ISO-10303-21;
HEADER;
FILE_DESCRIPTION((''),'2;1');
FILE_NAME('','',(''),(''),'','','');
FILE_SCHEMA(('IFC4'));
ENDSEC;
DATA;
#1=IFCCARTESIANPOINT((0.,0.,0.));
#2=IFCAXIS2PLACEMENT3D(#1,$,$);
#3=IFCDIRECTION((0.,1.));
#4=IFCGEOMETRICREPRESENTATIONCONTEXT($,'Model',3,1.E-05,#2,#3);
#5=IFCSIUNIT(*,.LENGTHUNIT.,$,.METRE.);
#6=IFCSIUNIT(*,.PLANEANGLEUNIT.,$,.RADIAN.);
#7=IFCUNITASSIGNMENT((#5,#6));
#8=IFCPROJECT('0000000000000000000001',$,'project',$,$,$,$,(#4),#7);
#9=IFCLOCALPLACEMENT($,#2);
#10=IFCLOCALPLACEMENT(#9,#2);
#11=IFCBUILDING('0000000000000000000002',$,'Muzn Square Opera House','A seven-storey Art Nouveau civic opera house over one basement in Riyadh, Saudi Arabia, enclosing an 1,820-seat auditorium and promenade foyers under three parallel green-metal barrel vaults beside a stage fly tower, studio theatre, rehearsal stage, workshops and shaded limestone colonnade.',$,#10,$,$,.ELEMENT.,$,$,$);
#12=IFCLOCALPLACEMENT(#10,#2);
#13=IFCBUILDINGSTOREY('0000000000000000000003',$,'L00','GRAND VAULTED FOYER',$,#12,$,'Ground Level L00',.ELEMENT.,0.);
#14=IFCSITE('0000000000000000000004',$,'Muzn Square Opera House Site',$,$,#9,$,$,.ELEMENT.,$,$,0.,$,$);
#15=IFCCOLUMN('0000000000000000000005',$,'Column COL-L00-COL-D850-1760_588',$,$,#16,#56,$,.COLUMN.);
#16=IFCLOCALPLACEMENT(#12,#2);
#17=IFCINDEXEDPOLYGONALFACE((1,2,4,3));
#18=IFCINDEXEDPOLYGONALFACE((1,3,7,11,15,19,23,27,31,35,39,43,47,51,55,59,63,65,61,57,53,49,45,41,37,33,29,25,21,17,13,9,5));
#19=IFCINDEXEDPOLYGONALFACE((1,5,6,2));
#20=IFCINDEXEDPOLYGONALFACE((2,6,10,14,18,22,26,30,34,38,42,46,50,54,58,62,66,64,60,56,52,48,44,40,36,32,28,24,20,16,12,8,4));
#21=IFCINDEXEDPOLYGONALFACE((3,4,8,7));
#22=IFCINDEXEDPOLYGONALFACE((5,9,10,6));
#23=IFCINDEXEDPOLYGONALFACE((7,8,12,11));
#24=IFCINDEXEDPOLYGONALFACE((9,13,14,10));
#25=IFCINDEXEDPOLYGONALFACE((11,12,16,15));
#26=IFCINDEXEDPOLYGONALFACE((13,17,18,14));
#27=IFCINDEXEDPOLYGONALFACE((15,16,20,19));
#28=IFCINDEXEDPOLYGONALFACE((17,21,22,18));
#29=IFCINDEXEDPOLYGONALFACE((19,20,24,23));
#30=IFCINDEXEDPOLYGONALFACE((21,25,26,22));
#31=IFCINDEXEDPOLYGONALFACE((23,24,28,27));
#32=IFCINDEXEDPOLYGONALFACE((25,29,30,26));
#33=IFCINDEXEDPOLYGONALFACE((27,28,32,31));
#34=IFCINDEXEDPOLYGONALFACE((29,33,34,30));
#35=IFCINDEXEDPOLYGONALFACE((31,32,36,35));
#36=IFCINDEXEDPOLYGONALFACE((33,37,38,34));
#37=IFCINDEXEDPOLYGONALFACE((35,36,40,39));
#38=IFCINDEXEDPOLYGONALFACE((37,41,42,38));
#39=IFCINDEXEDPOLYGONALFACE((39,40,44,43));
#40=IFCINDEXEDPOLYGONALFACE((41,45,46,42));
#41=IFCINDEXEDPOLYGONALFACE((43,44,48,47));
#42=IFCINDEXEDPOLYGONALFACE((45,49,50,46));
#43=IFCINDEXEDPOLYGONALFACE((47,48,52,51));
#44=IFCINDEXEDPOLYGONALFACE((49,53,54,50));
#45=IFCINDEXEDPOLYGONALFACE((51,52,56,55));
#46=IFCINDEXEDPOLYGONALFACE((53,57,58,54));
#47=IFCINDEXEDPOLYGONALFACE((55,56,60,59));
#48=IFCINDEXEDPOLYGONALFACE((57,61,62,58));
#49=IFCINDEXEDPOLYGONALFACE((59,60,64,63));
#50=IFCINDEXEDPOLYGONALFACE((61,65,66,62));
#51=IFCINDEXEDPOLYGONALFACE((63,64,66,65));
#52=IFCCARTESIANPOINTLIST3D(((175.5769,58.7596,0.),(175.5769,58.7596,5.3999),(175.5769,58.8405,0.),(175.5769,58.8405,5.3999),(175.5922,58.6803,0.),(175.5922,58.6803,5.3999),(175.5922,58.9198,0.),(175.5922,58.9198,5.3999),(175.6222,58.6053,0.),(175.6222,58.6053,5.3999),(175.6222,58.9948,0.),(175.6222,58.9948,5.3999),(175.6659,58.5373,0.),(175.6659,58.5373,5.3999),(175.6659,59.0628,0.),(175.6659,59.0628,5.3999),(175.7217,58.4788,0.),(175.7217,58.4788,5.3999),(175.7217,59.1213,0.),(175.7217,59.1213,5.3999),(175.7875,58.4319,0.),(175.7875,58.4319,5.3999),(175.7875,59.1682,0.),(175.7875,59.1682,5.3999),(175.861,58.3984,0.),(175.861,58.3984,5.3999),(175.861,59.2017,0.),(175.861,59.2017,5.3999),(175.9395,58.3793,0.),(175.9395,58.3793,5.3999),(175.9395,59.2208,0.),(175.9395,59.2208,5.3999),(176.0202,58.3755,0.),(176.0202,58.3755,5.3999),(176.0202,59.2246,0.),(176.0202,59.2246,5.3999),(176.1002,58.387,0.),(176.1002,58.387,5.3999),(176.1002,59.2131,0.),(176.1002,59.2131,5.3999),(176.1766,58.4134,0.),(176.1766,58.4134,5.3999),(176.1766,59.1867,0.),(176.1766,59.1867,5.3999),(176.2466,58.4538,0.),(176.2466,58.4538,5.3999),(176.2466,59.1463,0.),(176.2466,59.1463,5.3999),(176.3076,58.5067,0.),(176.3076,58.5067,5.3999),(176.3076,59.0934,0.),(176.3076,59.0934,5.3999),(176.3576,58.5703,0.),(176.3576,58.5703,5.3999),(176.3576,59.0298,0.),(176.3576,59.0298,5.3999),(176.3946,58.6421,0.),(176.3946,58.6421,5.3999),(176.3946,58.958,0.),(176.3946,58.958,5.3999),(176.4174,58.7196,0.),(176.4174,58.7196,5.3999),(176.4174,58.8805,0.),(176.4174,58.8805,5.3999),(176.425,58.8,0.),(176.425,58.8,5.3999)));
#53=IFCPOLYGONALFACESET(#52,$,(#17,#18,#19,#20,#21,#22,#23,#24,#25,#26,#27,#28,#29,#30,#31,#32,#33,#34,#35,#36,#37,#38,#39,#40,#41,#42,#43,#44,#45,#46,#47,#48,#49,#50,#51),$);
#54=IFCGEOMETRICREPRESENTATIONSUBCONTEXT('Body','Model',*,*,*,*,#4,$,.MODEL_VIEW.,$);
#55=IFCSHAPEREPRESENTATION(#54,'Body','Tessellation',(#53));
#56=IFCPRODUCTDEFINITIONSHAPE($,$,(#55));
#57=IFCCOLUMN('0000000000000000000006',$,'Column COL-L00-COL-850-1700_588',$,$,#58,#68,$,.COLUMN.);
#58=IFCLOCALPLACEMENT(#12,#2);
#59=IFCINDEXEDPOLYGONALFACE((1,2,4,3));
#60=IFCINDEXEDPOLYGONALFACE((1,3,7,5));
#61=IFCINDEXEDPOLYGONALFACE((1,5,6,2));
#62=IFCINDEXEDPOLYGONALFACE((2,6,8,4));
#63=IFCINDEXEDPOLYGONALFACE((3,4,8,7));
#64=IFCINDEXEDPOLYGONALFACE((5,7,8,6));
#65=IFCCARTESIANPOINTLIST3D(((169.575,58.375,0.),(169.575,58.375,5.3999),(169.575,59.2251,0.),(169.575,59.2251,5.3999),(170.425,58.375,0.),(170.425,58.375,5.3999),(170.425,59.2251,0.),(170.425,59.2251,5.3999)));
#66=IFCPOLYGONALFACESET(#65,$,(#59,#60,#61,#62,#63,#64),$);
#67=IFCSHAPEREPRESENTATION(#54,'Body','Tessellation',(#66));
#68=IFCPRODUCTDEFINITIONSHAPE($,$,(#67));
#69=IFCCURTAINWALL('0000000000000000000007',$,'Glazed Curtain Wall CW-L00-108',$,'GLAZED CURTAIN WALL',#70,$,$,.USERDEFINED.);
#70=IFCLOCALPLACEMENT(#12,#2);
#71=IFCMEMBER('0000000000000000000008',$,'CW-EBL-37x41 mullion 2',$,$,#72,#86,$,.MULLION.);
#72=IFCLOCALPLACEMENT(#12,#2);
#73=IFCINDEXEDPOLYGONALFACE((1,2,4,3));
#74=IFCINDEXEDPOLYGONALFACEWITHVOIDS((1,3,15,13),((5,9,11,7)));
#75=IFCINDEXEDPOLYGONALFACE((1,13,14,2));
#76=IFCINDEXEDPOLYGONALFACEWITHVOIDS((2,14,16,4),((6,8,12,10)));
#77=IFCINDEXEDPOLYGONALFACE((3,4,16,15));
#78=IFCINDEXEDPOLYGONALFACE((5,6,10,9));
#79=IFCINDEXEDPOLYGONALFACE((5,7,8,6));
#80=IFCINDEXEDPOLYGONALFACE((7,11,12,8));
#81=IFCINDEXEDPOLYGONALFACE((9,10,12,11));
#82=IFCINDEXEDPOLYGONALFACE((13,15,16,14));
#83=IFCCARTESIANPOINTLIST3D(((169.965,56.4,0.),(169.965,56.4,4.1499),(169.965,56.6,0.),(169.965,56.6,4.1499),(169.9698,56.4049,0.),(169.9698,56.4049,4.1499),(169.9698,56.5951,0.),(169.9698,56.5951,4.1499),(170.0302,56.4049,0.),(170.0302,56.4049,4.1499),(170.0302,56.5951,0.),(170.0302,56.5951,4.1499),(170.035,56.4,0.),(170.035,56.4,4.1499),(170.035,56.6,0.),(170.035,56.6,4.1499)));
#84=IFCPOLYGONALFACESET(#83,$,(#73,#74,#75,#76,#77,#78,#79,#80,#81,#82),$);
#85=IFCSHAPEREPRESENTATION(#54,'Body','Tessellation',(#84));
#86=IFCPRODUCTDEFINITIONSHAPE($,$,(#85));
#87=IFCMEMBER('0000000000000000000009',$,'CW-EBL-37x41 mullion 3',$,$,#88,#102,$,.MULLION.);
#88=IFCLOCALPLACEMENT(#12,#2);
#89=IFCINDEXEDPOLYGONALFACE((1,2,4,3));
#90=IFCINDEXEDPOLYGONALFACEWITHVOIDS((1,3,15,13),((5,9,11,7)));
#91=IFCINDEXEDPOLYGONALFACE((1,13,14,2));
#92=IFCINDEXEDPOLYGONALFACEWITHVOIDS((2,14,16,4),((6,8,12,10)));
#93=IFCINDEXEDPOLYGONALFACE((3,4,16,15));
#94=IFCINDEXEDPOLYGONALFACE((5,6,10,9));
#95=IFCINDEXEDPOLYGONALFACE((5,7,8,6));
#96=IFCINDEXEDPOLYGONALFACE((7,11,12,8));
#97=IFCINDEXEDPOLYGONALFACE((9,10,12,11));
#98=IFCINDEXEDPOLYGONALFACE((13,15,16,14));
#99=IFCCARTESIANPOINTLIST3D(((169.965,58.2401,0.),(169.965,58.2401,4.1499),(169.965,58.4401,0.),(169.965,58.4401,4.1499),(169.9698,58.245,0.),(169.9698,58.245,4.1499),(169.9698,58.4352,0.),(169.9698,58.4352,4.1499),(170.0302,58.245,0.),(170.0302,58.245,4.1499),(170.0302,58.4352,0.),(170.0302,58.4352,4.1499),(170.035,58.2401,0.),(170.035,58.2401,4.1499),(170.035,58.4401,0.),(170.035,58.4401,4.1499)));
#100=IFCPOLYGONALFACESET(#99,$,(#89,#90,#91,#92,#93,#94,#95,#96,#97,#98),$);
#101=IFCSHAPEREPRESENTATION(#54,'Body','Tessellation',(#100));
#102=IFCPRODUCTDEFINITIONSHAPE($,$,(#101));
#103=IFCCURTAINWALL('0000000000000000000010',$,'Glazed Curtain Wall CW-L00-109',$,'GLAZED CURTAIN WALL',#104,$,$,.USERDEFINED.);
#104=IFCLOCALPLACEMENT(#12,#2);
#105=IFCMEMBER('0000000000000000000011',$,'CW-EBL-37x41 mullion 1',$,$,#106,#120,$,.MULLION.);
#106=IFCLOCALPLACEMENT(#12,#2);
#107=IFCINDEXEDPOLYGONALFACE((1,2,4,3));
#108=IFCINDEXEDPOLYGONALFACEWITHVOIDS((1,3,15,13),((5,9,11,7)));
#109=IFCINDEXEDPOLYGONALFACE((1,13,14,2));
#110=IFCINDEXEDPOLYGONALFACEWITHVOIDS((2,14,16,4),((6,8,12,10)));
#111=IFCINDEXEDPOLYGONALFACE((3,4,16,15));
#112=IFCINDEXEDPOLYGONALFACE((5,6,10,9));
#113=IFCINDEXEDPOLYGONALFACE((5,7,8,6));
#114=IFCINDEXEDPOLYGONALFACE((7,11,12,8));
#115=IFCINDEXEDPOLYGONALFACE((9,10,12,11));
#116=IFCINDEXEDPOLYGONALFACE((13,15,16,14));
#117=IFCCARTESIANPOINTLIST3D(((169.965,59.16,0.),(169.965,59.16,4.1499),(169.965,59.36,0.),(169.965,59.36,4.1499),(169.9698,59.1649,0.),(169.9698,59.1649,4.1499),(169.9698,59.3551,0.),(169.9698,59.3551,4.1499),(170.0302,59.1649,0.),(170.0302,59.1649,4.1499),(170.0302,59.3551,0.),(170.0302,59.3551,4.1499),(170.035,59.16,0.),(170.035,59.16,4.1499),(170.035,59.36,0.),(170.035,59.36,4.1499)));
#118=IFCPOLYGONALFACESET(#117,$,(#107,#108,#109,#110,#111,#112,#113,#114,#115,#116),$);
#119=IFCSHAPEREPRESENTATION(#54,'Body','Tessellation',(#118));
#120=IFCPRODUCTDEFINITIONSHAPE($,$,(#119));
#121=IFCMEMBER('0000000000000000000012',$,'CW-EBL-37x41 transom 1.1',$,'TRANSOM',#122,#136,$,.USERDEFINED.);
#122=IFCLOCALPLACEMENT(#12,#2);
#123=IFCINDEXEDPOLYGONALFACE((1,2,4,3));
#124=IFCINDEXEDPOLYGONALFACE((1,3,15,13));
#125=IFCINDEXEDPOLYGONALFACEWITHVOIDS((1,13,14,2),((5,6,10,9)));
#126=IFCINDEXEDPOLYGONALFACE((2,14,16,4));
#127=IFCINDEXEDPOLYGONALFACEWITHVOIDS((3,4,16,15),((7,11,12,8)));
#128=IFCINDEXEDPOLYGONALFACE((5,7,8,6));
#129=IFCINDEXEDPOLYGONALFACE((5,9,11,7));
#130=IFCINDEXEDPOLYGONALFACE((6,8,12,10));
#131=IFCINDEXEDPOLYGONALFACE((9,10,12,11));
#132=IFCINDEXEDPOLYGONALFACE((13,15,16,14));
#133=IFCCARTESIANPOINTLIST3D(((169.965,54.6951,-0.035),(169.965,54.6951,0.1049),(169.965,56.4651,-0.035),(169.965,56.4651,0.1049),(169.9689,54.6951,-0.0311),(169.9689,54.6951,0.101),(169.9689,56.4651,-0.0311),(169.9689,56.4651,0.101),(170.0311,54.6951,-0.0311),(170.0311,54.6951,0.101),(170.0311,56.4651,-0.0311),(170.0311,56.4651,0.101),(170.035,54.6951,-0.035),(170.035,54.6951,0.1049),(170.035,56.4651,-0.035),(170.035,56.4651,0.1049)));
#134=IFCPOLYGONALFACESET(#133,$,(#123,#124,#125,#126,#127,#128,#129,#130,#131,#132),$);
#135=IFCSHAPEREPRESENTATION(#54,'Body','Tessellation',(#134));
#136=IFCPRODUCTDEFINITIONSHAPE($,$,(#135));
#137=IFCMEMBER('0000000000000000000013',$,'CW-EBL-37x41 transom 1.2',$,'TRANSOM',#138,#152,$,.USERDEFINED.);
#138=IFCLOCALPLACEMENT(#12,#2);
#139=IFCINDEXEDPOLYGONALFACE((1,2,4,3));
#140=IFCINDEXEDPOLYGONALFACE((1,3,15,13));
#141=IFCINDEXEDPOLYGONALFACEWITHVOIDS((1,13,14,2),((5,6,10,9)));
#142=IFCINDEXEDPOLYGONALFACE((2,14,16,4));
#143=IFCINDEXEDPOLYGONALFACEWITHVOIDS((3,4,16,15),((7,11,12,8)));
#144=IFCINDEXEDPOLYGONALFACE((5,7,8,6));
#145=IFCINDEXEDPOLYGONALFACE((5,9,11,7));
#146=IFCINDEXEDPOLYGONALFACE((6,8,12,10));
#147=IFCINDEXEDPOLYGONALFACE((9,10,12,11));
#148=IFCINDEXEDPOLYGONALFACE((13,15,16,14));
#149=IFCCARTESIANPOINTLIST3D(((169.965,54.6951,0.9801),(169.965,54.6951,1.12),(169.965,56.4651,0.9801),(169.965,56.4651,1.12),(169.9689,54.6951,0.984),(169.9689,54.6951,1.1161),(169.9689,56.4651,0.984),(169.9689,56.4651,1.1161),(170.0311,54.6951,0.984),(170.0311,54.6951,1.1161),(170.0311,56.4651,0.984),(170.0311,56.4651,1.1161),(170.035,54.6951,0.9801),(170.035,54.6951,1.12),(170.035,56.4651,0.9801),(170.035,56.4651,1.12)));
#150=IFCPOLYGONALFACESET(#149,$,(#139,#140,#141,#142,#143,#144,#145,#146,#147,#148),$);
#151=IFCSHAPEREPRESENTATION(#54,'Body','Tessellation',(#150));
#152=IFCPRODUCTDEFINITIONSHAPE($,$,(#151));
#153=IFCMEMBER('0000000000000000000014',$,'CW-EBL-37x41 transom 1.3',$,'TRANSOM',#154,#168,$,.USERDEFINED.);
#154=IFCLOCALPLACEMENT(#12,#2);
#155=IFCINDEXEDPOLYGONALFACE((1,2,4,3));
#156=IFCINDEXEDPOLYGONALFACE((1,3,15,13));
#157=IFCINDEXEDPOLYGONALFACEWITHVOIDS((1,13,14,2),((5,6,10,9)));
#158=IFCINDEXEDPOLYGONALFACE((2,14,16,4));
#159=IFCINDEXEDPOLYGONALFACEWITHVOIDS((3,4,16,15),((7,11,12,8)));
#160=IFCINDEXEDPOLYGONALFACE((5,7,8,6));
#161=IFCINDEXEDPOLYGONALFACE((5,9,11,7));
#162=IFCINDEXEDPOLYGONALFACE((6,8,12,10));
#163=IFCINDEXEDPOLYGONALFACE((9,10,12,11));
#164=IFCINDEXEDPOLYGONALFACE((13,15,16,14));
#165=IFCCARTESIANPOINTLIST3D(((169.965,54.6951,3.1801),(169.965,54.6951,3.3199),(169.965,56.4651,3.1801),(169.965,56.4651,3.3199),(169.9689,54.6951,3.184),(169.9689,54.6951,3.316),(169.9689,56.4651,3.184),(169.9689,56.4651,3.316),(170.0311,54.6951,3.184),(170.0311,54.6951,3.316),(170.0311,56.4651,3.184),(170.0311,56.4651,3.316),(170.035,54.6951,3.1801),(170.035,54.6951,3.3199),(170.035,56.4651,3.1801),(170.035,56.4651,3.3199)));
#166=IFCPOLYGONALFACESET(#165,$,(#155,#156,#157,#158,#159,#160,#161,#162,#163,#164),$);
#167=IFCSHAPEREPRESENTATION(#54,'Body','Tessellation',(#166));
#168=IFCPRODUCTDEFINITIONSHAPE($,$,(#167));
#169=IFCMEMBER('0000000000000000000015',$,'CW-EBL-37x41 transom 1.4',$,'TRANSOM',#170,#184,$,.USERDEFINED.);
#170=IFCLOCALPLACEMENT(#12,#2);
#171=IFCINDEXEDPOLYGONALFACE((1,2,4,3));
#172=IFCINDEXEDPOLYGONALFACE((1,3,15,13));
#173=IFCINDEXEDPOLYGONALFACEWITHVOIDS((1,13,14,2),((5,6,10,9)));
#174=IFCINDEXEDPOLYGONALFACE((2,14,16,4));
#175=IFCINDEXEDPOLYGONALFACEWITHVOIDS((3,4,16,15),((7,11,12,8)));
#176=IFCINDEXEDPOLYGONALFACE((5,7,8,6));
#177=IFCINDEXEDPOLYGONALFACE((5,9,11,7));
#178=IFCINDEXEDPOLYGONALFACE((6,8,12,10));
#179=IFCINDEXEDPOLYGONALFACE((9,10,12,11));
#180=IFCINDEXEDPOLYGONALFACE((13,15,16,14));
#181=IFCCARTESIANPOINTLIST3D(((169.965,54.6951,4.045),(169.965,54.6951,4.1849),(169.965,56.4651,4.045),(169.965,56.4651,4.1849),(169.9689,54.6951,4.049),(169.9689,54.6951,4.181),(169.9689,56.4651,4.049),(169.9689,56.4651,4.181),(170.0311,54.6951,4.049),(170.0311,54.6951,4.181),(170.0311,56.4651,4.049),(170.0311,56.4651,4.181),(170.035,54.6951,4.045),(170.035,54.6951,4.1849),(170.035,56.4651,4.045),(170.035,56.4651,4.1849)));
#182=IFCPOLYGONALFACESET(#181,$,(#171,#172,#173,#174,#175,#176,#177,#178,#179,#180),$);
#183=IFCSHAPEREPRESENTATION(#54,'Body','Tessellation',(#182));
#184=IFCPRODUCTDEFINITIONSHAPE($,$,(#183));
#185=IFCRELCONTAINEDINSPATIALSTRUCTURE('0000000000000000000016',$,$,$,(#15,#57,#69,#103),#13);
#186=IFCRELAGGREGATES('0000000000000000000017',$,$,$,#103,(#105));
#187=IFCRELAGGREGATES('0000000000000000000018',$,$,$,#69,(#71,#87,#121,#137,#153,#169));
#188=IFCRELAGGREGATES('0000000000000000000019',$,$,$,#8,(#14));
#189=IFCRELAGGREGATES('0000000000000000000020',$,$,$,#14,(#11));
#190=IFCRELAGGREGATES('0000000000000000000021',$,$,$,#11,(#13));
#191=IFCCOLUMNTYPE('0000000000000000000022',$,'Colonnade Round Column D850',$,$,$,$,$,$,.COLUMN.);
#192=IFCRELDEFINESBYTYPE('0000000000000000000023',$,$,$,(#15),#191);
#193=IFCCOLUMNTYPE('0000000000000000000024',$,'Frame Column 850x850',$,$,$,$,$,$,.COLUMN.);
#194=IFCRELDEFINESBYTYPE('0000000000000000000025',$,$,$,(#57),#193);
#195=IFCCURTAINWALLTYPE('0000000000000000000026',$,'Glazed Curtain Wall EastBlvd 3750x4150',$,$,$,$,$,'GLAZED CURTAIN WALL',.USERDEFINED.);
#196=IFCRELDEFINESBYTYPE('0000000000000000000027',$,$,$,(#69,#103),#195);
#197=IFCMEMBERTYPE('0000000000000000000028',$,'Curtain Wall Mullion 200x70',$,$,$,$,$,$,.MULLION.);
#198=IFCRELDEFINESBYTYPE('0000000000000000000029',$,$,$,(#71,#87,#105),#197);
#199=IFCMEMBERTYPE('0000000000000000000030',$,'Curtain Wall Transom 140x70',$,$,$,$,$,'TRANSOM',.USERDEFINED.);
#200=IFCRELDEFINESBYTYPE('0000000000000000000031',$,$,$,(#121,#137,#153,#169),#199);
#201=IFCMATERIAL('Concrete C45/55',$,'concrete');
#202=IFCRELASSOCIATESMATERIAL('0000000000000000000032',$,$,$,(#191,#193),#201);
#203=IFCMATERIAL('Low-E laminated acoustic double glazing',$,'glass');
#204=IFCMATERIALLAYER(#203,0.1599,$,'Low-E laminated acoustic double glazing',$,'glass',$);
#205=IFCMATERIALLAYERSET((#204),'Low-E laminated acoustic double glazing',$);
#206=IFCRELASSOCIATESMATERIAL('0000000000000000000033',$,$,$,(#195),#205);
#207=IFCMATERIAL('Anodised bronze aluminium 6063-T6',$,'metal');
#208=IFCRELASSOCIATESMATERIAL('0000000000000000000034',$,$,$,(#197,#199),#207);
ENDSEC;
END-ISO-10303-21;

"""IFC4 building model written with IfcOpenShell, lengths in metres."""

from ifc_helpers import new_model, si_unit, direction, frame, origin, origin_2d, place, context, subcontext, project, spatial, rectangle, hollow_rectangle, circle, extrude, material, layer, layer_set, material_profile, profile_set, type_object, element, aggregate, save


model = new_model("IFC4")

# Units and contexts
model_context = context("Model", 3, precision=1e-05, world=origin(), true_north=direction((0.0, 1.0)))
body_context = subcontext(model_context, "Body", "Model", "MODEL_VIEW")
ifc_project = project(units=[si_unit("LENGTHUNIT", "METRE"), si_unit("PLANEANGLEUNIT", "RADIAN")], contexts=[model_context])

# Site, building, storey
site_placement = place(None, origin())
site = spatial("IfcSite", under=ifc_project, at=site_placement, Name="Muzn Square Opera House Site", CompositionType="ELEMENT", RefElevation=0.0)
building_placement = place(site_placement, origin())
building = spatial("IfcBuilding", under=site, at=building_placement, Name="Muzn Square Opera House", Description="A seven-storey Art Nouveau civic opera house over one basement in Riyadh, Saudi Arabia, enclosing an 1,820-seat auditorium and promenade foyers under three parallel green-metal barrel vaults beside a stage fly tower, studio theatre, rehearsal stage, workshops and shaded limestone colonnade.", CompositionType="ELEMENT")
storey_placement = place(building_placement, origin())
storey = spatial("IfcBuildingStorey", under=building, at=storey_placement, Name="L00", Description="GRAND VAULTED FOYER", LongName="Ground Level L00", CompositionType="ELEMENT", Elevation=0.0)

# Columns
ifc_material_1 = material(Name="Concrete C45/55", Category="concrete")
ifc_material_profile_1 = material_profile(ifc_material_1, circle(Radius=0.425, at=origin_2d()), Name="RCC D850", Category="concrete")
ifc_profile_set_1 = profile_set([ifc_material_profile_1], Name="Concrete C45/55")
column_type_1 = type_object("IfcColumnType", Name="Colonnade Round Column D850", PredefinedType="COLUMN", material=ifc_profile_set_1)
column_1_placement = place(storey_placement, frame((176.0, 58.8, 0.0), z_axis=(0.0, 0.0, 1.0), x_axis=(1.0, 0.0, 0.0)))
element("IfcColumn", 1, at=column_1_placement, inside=storey, type_object=column_type_1, Name="Column COL-L00-COL-D850-1760_588", PredefinedType="COLUMN", context=body_context, shape_type="SweptSolid", body=[
    extrude(circle(Radius=0.425, at=origin_2d()), origin(), (0.0, 0.0, 1.0), 5.3999),
])
ifc_material_profile_2 = material_profile(ifc_material_1, rectangle(XDim=0.8501, YDim=0.8501, at=origin_2d()), Name="RC 850x850", Category="concrete")
ifc_profile_set_2 = profile_set([ifc_material_profile_2], Name="Concrete C45/55")
column_type_2 = type_object("IfcColumnType", Name="Frame Column 850x850", PredefinedType="COLUMN", material=ifc_profile_set_2)
column_2_placement = place(storey_placement, frame((170.0, 58.8, 0.0), z_axis=(0.0, 0.0, 1.0), x_axis=(1.0, 0.0, 0.0)))
element("IfcColumn", 2, at=column_2_placement, inside=storey, type_object=column_type_2, Name="Column COL-L00-COL-850-1700_588", PredefinedType="COLUMN", context=body_context, shape_type="SweptSolid", body=[
    extrude(rectangle(XDim=0.8501, YDim=0.8501, at=origin_2d()), origin(), (0.0, 0.0, 1.0), 5.3999),
])

# Curtain wall, members
ifc_material_2 = material(Name="Low-E laminated acoustic double glazing", Category="glass")
ifc_layer_1 = layer(ifc_material_2, 0.1599, Name="Low-E laminated acoustic double glazing", Category="glass")
ifc_layer_set_1 = layer_set([ifc_layer_1], Name="Low-E laminated acoustic double glazing")
curtain_wall_type = type_object("IfcCurtainWallType", Name="Glazed Curtain Wall EastBlvd 3750x4150", ElementType="GLAZED CURTAIN WALL", PredefinedType="USERDEFINED", material=ifc_layer_set_1)
curtain_wall_1_placement = place(storey_placement, origin())
curtain_wall_1 = element("IfcCurtainWall", 3, at=curtain_wall_1_placement, inside=storey, type_object=curtain_wall_type, Name="Glazed Curtain Wall CW-L00-108", ObjectType="GLAZED CURTAIN WALL", PredefinedType="USERDEFINED")
ifc_material_3 = material(Name="Anodised bronze aluminium 6063-T6", Category="metal")
ifc_material_profile_3 = material_profile(ifc_material_3, hollow_rectangle(XDim=0.0701, YDim=0.2, WallThickness=0.0049, at=origin_2d()), Name="ALU 200x70x5", Category="metal")
ifc_profile_set_3 = profile_set([ifc_material_profile_3], Name="Anodised bronze aluminium 6063-T6")
member_type_1 = type_object("IfcMemberType", Name="Curtain Wall Mullion 200x70", PredefinedType="MULLION", material=ifc_profile_set_3)
member_1_placement = place(storey_placement, frame((170.0, 56.5, 0.0), z_axis=(0.0, 0.0, 1.0), x_axis=(-1.0, 0.0, 0.0)))
member_1 = element("IfcMember", 4, at=member_1_placement, type_object=member_type_1, Name="CW-EBL-37x41 mullion 2", PredefinedType="MULLION", context=body_context, shape_type="SweptSolid", body=[
    extrude(hollow_rectangle(XDim=0.0701, YDim=0.2, WallThickness=0.0049, at=origin_2d()), origin(), (0.0, 0.0, 1.0), 4.1499),
])
member_2_placement = place(storey_placement, frame((170.0, 58.3401, 0.0), z_axis=(0.0, 0.0, 1.0), x_axis=(-1.0, 0.0, 0.0)))
member_2 = element("IfcMember", 5, at=member_2_placement, type_object=member_type_1, Name="CW-EBL-37x41 mullion 3", PredefinedType="MULLION", context=body_context, shape_type="SweptSolid", body=[
    extrude(hollow_rectangle(XDim=0.0701, YDim=0.2, WallThickness=0.0049, at=origin_2d()), origin(), (0.0, 0.0, 1.0), 4.1499),
])

# Curtain wall, member
curtain_wall_2_placement = place(storey_placement, origin())
curtain_wall_2 = element("IfcCurtainWall", 6, at=curtain_wall_2_placement, inside=storey, type_object=curtain_wall_type, Name="Glazed Curtain Wall CW-L00-109", ObjectType="GLAZED CURTAIN WALL", PredefinedType="USERDEFINED")
member_3_placement = place(storey_placement, frame((170.0, 59.26, 0.0), z_axis=(0.0, 0.0, 1.0), x_axis=(-1.0, 0.0, 0.0)))
member_3 = element("IfcMember", 7, at=member_3_placement, type_object=member_type_1, Name="CW-EBL-37x41 mullion 1", PredefinedType="MULLION", context=body_context, shape_type="SweptSolid", body=[
    extrude(hollow_rectangle(XDim=0.0701, YDim=0.2, WallThickness=0.0049, at=origin_2d()), origin(), (0.0, 0.0, 1.0), 4.1499),
])
aggregate(curtain_wall_2, [member_3])

# Members
ifc_material_profile_4 = material_profile(ifc_material_3, hollow_rectangle(XDim=0.0701, YDim=0.1399, WallThickness=0.0039, at=origin_2d()), Name="ALU 140x70x4", Category="metal")
ifc_profile_set_4 = profile_set([ifc_material_profile_4], Name="Anodised bronze aluminium 6063-T6")
member_type_2 = type_object("IfcMemberType", Name="Curtain Wall Transom 140x70", ElementType="TRANSOM", PredefinedType="USERDEFINED", material=ifc_profile_set_4)
member_4_placement = place(storey_placement, frame((170.0, 54.6951, 0.0349), z_axis=(0.0, 1.0, 0.0), x_axis=(-1.0, 0.0, 0.0)))
member_4 = element("IfcMember", 8, at=member_4_placement, type_object=member_type_2, Name="CW-EBL-37x41 transom 1.1", ObjectType="TRANSOM", PredefinedType="USERDEFINED", context=body_context, shape_type="SweptSolid", body=[
    extrude(hollow_rectangle(XDim=0.0701, YDim=0.1399, WallThickness=0.0039, at=origin_2d()), origin(), (0.0, 0.0, 1.0), 1.77),
])
member_5_placement = place(storey_placement, frame((170.0, 54.6951, 1.05), z_axis=(0.0, 1.0, 0.0), x_axis=(-1.0, 0.0, 0.0)))
member_5 = element("IfcMember", 9, at=member_5_placement, type_object=member_type_2, Name="CW-EBL-37x41 transom 1.2", ObjectType="TRANSOM", PredefinedType="USERDEFINED", context=body_context, shape_type="SweptSolid", body=[
    extrude(hollow_rectangle(XDim=0.0701, YDim=0.1399, WallThickness=0.0039, at=origin_2d()), origin(), (0.0, 0.0, 1.0), 1.77),
])
member_6_placement = place(storey_placement, frame((170.0, 54.6951, 3.25), z_axis=(0.0, 1.0, 0.0), x_axis=(-1.0, 0.0, 0.0)))
member_6 = element("IfcMember", 10, at=member_6_placement, type_object=member_type_2, Name="CW-EBL-37x41 transom 1.3", ObjectType="TRANSOM", PredefinedType="USERDEFINED", context=body_context, shape_type="SweptSolid", body=[
    extrude(hollow_rectangle(XDim=0.0701, YDim=0.1399, WallThickness=0.0039, at=origin_2d()), origin(), (0.0, 0.0, 1.0), 1.77),
])
member_7_placement = place(storey_placement, frame((170.0, 54.6951, 4.115), z_axis=(0.0, 1.0, 0.0), x_axis=(-1.0, 0.0, 0.0)))
member_7 = element("IfcMember", 11, at=member_7_placement, type_object=member_type_2, Name="CW-EBL-37x41 transom 1.4", ObjectType="TRANSOM", PredefinedType="USERDEFINED", context=body_context, shape_type="SweptSolid", body=[
    extrude(hollow_rectangle(XDim=0.0701, YDim=0.1399, WallThickness=0.0039, at=origin_2d()), origin(), (0.0, 0.0, 1.0), 1.77),
])

aggregate(curtain_wall_1, [member_1, member_2, member_4, member_5, member_6, member_7])

save(model, "model.ifc")
